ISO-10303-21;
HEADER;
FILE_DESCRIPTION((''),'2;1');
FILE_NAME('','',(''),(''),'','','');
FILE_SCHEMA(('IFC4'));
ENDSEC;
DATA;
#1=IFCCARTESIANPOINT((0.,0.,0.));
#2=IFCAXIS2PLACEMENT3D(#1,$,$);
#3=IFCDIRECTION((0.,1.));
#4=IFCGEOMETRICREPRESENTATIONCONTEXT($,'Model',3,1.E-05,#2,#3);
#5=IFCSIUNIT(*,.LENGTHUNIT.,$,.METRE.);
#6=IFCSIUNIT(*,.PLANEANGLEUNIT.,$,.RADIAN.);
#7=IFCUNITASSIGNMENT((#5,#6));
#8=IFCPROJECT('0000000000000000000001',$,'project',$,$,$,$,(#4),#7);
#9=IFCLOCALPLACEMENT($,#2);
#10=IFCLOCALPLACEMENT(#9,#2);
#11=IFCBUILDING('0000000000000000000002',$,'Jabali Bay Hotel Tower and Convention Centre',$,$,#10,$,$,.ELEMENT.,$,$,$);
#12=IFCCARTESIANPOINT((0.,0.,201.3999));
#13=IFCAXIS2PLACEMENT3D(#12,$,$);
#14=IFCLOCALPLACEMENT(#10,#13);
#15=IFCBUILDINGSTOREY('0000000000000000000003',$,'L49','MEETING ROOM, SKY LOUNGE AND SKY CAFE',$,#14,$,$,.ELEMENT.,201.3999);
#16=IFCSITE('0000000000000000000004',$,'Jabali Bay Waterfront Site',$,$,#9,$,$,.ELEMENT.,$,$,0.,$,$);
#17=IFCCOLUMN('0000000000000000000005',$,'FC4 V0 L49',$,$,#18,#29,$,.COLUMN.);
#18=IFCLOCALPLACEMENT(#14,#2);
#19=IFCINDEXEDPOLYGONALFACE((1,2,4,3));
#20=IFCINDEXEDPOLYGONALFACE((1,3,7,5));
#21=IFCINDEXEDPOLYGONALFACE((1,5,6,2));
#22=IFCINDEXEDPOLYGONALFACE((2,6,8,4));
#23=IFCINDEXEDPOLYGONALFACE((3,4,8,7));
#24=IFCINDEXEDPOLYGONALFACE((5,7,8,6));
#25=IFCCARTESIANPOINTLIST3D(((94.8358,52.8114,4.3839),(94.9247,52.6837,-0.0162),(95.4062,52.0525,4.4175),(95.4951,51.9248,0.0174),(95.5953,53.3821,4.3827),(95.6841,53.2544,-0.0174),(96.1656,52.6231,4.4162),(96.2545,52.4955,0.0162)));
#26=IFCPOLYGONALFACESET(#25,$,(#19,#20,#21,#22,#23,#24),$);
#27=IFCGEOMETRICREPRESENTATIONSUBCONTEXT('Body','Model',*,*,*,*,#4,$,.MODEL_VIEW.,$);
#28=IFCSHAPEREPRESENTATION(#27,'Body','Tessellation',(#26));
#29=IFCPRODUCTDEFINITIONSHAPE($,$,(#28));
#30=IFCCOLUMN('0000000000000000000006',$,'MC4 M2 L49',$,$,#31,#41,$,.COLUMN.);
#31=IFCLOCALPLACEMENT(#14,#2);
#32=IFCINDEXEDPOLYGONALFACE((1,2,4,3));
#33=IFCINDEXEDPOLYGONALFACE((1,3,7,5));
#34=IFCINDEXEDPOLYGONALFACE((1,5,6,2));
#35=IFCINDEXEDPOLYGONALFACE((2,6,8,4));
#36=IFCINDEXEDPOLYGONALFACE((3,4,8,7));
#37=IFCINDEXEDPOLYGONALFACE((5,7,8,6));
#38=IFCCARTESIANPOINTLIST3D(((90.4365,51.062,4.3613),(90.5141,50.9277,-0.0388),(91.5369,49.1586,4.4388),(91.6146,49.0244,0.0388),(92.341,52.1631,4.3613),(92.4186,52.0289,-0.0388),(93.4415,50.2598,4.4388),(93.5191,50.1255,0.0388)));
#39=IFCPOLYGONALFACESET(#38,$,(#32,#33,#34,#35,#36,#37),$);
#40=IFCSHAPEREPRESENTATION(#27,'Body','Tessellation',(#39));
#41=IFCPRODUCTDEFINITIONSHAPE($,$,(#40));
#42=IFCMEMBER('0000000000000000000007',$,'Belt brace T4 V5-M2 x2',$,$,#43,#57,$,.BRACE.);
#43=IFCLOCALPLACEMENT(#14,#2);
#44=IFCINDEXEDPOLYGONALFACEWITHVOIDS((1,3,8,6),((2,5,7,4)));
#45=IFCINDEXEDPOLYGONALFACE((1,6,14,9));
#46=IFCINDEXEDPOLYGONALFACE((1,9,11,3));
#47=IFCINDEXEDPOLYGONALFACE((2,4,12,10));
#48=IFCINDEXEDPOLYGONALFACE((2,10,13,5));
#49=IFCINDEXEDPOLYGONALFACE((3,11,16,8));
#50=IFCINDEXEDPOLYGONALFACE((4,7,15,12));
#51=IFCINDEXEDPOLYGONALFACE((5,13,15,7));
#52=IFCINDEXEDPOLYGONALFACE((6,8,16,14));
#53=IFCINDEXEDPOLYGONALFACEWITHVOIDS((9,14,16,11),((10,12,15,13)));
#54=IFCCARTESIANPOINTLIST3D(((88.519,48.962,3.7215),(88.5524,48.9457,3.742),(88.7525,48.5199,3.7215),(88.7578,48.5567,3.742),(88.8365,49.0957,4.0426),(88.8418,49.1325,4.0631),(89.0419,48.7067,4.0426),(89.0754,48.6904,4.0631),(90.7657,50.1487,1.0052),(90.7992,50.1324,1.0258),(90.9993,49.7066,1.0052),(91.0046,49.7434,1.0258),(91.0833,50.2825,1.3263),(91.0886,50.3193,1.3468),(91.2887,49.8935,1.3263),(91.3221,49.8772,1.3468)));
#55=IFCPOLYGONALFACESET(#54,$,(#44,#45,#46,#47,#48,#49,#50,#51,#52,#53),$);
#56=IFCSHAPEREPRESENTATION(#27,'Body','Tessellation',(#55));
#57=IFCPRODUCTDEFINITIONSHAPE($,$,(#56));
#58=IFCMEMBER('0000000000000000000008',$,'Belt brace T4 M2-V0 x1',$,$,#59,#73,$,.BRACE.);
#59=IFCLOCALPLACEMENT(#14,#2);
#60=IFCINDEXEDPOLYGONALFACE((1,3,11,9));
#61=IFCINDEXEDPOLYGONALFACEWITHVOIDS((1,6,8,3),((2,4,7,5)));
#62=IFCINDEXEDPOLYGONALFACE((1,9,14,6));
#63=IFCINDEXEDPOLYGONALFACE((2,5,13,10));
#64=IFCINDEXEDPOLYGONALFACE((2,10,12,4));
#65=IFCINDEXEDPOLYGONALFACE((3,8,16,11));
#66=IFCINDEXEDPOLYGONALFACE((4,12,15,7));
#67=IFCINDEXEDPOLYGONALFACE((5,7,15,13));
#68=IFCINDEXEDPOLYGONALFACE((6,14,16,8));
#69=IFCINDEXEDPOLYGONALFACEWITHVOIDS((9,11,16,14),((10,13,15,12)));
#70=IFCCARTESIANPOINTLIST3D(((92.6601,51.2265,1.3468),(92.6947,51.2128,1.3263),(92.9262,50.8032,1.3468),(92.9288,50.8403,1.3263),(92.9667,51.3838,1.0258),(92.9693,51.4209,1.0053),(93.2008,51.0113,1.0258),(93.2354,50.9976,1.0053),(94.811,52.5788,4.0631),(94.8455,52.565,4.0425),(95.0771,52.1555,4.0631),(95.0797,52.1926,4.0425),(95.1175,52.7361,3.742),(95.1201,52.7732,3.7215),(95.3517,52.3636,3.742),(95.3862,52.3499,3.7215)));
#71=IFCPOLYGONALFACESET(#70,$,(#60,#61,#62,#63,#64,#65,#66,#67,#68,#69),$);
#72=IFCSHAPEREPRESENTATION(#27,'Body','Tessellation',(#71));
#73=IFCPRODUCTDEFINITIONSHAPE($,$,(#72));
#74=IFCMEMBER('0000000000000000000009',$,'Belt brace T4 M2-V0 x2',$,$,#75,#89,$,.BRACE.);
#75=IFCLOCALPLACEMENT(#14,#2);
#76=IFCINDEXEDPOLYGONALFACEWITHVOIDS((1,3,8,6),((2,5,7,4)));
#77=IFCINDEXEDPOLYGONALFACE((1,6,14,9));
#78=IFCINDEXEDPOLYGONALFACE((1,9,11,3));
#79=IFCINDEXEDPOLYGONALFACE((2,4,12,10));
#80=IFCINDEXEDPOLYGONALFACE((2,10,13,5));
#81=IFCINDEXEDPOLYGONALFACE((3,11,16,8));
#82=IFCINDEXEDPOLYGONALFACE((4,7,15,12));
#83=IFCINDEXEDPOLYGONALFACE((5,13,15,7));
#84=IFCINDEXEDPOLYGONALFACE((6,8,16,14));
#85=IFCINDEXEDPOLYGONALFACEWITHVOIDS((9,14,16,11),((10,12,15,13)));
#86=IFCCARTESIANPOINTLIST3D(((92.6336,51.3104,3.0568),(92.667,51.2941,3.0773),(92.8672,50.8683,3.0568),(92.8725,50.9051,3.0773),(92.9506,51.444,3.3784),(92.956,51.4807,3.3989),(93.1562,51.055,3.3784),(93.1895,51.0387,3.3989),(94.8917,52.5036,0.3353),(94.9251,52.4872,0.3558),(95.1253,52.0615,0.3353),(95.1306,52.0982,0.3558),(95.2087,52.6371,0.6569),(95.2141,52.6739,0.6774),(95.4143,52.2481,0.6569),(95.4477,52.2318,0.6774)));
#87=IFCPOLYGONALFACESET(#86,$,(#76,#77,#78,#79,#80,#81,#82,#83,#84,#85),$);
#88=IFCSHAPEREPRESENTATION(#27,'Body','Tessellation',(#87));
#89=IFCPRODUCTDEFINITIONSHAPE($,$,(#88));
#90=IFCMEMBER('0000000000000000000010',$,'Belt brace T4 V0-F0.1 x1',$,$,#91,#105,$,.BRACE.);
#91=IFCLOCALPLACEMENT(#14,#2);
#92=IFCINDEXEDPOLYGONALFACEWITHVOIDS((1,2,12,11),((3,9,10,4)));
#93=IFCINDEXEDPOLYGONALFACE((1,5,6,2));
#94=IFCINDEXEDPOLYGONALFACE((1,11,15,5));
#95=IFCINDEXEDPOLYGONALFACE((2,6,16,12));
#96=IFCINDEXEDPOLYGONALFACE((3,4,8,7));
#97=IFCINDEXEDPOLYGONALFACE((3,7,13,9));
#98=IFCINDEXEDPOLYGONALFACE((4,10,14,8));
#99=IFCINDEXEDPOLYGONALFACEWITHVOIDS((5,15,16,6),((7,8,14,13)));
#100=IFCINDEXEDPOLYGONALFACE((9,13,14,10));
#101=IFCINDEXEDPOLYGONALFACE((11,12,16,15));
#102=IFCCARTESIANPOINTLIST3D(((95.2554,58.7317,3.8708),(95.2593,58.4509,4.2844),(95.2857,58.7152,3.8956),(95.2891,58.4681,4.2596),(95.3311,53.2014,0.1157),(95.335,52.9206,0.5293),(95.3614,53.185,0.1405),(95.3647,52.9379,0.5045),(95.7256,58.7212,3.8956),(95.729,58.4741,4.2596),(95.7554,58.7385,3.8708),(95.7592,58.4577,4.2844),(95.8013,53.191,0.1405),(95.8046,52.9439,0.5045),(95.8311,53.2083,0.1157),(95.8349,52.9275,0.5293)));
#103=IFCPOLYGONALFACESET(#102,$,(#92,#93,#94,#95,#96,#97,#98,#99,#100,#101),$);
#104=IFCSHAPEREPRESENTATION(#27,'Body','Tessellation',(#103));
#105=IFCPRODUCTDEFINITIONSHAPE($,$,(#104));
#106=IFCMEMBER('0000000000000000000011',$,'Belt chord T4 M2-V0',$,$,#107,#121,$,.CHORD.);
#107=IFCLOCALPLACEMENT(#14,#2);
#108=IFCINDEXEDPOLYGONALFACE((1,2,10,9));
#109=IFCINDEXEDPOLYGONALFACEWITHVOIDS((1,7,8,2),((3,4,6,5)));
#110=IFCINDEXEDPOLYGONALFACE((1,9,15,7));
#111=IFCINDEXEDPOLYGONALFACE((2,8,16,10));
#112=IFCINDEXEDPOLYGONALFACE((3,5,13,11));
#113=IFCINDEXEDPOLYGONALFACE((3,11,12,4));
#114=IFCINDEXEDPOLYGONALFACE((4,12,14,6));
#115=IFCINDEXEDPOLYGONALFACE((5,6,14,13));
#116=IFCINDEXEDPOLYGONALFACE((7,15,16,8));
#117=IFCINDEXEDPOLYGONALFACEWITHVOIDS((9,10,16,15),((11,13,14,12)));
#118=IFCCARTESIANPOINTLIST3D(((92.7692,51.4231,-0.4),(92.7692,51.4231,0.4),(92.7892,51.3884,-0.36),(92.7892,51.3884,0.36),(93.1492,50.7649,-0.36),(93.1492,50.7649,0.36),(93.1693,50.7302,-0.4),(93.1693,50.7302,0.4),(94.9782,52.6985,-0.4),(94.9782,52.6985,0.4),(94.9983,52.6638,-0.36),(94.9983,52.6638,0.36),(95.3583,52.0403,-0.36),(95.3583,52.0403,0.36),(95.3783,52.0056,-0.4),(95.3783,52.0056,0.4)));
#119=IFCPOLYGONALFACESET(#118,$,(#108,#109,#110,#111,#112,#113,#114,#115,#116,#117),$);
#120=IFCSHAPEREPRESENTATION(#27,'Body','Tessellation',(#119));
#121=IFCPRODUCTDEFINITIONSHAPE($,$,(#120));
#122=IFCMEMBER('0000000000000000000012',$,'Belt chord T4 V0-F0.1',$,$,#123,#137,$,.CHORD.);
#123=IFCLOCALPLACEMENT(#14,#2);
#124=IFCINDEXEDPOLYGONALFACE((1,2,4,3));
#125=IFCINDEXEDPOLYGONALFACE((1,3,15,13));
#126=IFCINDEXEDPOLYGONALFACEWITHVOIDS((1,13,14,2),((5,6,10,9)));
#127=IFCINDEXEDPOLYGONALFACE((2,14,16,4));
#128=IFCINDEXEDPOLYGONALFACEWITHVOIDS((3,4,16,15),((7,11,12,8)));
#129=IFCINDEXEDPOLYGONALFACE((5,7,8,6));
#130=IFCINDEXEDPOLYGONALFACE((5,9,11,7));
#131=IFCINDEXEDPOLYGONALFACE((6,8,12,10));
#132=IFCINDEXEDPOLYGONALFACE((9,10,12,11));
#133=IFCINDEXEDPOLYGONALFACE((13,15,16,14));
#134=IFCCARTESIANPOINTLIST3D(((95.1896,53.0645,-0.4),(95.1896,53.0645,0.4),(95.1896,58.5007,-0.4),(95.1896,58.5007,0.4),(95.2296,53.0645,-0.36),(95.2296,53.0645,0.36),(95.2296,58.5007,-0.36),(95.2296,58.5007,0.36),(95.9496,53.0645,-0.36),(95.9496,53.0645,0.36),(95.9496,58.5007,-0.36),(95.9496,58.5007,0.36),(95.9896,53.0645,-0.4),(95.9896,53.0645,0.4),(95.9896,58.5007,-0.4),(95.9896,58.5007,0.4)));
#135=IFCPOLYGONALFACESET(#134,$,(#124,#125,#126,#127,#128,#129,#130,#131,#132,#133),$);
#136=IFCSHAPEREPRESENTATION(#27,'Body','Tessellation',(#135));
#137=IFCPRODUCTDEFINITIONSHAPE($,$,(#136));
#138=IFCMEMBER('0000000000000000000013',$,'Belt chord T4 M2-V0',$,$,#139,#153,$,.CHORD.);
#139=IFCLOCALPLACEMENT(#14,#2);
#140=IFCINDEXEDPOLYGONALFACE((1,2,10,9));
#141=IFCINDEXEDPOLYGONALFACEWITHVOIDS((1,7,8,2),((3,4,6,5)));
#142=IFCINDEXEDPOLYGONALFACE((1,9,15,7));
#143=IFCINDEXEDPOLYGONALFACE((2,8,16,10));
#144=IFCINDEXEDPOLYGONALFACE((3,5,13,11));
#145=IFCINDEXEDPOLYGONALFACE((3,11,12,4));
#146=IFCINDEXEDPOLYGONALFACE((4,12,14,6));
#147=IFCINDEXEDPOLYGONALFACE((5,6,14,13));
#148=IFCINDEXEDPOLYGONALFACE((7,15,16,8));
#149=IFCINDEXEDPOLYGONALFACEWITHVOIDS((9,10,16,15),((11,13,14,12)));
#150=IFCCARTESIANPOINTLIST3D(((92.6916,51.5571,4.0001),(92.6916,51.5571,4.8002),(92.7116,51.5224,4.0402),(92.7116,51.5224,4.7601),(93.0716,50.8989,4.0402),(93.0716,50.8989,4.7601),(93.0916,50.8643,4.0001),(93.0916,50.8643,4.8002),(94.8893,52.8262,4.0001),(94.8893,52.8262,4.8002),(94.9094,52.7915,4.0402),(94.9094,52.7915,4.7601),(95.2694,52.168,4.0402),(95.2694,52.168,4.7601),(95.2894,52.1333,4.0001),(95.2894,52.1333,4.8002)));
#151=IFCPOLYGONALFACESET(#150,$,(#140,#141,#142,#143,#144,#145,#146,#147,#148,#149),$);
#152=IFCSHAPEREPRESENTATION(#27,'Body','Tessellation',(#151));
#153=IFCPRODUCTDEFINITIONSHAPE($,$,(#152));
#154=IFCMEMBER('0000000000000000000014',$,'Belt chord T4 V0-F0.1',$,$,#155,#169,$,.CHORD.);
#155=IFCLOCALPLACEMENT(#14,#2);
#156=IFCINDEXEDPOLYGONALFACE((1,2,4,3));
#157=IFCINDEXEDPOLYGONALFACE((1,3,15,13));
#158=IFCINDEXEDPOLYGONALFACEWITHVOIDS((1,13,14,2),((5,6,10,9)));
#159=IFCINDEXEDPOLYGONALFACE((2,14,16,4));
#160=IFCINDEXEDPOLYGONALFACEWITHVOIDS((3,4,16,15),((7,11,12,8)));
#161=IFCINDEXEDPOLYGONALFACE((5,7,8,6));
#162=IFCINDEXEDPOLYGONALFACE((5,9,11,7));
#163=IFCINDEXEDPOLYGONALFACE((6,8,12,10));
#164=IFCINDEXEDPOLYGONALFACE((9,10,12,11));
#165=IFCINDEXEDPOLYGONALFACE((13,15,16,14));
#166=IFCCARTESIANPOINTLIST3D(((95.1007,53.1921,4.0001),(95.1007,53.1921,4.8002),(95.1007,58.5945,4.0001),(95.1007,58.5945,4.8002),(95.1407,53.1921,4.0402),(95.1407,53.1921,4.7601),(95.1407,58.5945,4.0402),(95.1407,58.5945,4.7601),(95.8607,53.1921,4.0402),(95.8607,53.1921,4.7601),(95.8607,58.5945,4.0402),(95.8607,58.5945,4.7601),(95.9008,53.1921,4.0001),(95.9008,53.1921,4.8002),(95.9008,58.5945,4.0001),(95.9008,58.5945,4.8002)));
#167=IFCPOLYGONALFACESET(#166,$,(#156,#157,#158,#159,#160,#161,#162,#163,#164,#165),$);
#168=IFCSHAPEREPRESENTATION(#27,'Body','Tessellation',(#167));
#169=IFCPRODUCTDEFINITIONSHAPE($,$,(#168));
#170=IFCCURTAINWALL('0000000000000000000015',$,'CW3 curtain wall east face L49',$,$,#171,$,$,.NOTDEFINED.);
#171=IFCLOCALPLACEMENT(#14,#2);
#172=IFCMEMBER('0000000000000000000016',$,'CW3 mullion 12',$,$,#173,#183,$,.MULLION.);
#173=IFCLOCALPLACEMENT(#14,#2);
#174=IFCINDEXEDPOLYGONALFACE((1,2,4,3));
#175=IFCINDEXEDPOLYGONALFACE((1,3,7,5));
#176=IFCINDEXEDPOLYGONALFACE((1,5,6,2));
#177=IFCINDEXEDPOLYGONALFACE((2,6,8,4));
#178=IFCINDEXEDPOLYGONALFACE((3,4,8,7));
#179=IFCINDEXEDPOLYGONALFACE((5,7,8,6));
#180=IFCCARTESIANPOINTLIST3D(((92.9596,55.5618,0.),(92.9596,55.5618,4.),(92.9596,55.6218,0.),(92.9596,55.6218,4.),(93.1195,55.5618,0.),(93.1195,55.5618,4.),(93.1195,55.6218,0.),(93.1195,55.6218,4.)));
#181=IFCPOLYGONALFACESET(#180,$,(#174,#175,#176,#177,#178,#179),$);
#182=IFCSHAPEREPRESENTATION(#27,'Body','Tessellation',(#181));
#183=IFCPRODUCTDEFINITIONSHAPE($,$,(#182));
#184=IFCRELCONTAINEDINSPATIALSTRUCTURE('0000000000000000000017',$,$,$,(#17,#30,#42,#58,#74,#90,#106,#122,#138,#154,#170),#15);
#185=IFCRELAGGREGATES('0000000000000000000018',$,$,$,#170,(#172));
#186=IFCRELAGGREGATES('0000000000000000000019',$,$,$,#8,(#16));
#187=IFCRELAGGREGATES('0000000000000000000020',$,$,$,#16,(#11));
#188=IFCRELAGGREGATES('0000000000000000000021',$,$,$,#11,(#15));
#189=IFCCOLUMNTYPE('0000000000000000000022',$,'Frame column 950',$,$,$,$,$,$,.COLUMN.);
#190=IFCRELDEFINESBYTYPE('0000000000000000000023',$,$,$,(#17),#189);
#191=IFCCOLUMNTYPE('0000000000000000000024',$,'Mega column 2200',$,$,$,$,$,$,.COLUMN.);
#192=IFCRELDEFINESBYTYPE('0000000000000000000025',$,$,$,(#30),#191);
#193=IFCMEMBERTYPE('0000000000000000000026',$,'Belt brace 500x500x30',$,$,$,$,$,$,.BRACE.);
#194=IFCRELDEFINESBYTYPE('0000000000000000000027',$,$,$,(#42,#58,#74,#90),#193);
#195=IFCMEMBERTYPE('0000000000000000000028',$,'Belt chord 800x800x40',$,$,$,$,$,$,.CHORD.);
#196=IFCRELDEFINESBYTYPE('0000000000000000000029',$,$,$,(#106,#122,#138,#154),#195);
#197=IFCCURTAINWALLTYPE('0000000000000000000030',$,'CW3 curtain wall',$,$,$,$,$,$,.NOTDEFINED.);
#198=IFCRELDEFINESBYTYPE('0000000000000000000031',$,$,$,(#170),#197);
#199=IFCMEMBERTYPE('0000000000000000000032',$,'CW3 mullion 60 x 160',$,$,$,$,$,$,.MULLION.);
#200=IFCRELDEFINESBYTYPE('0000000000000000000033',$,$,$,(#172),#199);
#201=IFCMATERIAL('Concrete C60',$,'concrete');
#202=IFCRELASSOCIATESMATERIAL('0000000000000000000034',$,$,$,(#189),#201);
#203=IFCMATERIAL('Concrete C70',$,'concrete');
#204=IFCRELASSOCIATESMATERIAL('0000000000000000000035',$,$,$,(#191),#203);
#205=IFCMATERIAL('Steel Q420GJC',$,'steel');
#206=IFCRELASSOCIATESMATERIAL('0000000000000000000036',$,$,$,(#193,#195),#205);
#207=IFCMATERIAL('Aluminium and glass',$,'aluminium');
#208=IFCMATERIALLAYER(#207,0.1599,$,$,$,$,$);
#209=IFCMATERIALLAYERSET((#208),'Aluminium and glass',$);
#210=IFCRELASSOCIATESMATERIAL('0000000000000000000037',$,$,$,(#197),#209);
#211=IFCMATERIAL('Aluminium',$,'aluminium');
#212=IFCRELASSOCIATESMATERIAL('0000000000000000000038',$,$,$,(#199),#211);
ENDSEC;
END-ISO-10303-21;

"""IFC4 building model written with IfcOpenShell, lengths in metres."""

from ifc_helpers import new_model, si_unit, direction, frame, origin, origin_2d, place, context, subcontext, project, spatial, rectangle, hollow_rectangle, extrude, material, layer, layer_set, material_profile, profile_set, type_object, element, aggregate, save


model = new_model("IFC4")

# Units and contexts
model_context = context("Model", 3, precision=1e-05, world=origin(), true_north=direction((0.0, 1.0)))
body_context = subcontext(model_context, "Body", "Model", "MODEL_VIEW")
ifc_project = project(units=[si_unit("LENGTHUNIT", "METRE"), si_unit("PLANEANGLEUNIT", "RADIAN")], contexts=[model_context])

# Site, building, storey
site_placement = place(None, origin())
site = spatial("IfcSite", under=ifc_project, at=site_placement, Name="Jabali Bay Waterfront Site", CompositionType="ELEMENT", RefElevation=0.0)
building_placement = place(site_placement, origin())
building = spatial("IfcBuilding", under=site, at=building_placement, Name="Jabali Bay Hotel Tower and Convention Centre", CompositionType="ELEMENT")
storey_placement = place(building_placement, frame((0.0, 0.0, 201.3999)))
storey = spatial("IfcBuildingStorey", under=building, at=storey_placement, Name="L49", Description="MEETING ROOM, SKY LOUNGE AND SKY CAFE", CompositionType="ELEMENT", Elevation=201.3999)

# Columns
ifc_material_1 = material(Name="Concrete C60", Category="concrete")
ifc_material_profile_1 = material_profile(ifc_material_1, rectangle(XDim=0.95, YDim=0.95, at=origin_2d()), Name="Frame column 950")
ifc_profile_set_1 = profile_set([ifc_material_profile_1], Name="Concrete C60")
column_type_1 = type_object("IfcColumnType", Name="Frame column 950", PredefinedType="COLUMN", material=ifc_profile_set_1)
column_1_placement = place(storey_placement, frame((95.5896, 52.5896, 0.0), z_axis=(-0.020184, 0.029, 0.999376), x_axis=(-0.799448, -0.600734, 0.001286)))
element("IfcColumn", 1, at=column_1_placement, inside=storey, type_object=column_type_1, Name="FC4 V0 L49", PredefinedType="COLUMN", context=body_context, shape_type="SweptSolid", body=[
    extrude(rectangle(XDim=0.95, YDim=0.95, at=origin_2d()), origin(), (0.0, 0.0, 1.0), 4.4028),
])
ifc_material_2 = material(Name="Concrete C70", Category="concrete")
ifc_material_profile_2 = material_profile(ifc_material_2, rectangle(XDim=2.2, YDim=2.2, at=origin_2d()), Name="Mega column 2200")
ifc_profile_set_2 = profile_set([ifc_material_profile_2], Name="Concrete C70")
column_type_2 = type_object("IfcColumnType", Name="Mega column 2200", PredefinedType="COLUMN", material=ifc_profile_set_2)
column_2_placement = place(storey_placement, frame((92.0166, 50.5266, 0.0), z_axis=(-0.017633, 0.030498, 0.999379), x_axis=(0.500228, -0.865177, 0.035228)))
element("IfcColumn", 2, at=column_2_placement, inside=storey, type_object=column_type_2, Name="MC4 M2 L49", PredefinedType="COLUMN", context=body_context, shape_type="SweptSolid", body=[
    extrude(rectangle(XDim=2.2, YDim=2.2, at=origin_2d()), origin(), (0.0, 0.0, 1.0), 4.4028),
])

# Members
ifc_material_3 = material(Name="Steel Q420GJC", Category="steel")
ifc_material_profile_3 = material_profile(ifc_material_3, hollow_rectangle(XDim=0.5, YDim=0.5, WallThickness=0.03, at=origin_2d()), Name="Belt brace 500x500x30")
ifc_profile_set_3 = profile_set([ifc_material_profile_3], Name="Steel Q420GJC")
member_type_1 = type_object("IfcMemberType", Name="Belt brace 500x500x30", PredefinedType="BRACE", material=ifc_profile_set_3)
member_1_placement = place(storey_placement, frame((91.0439, 50.0129, 1.176), z_axis=(-0.60406, -0.319063, 0.730281), x_axis=(0.467049, -0.884232, 0.0)))
element("IfcMember", 3, at=member_1_placement, inside=storey, type_object=member_type_1, Name="Belt brace T4 V5-M2 x2", PredefinedType="BRACE", context=body_context, shape_type="SweptSolid", body=[
    extrude(hollow_rectangle(XDim=0.5, YDim=0.5, WallThickness=0.03, at=origin_2d()), origin(), (0.0, 0.0, 1.0), 3.7195),
])
member_2_placement = place(storey_placement, frame((92.9478, 51.1121, 1.176), z_axis=(0.5783, 0.363587, 0.730325), x_axis=(-0.53226, 0.846581, 0.0)))
element("IfcMember", 4, at=member_2_placement, inside=storey, type_object=member_type_1, Name="Belt brace T4 M2-V0 x1", PredefinedType="BRACE", context=body_context, shape_type="SweptSolid", body=[
    extrude(hollow_rectangle(XDim=0.5, YDim=0.5, WallThickness=0.03, at=origin_2d()), origin(), (0.0, 0.0, 1.0), 3.7192),
])
member_3_placement = place(storey_placement, frame((95.1697, 52.3677, 0.5063), z_axis=(-0.605037, -0.31969, 0.729197), x_axis=(0.467176, -0.884164, 0.0)))
element("IfcMember", 5, at=member_3_placement, inside=storey, type_object=member_type_1, Name="Belt brace T4 M2-V0 x2", PredefinedType="BRACE", context=body_context, shape_type="SweptSolid", body=[
    extrude(hollow_rectangle(XDim=0.5, YDim=0.5, WallThickness=0.03, at=origin_2d()), origin(), (0.0, 0.0, 1.0), 3.7322),
])
member_4_placement = place(storey_placement, frame((95.583, 53.0645, 0.3225), z_axis=(-0.011321, 0.827253, 0.561715), x_axis=(-0.999906, -0.013684, 0.0)))
element("IfcMember", 6, at=member_4_placement, inside=storey, type_object=member_type_1, Name="Belt brace T4 V0-F0.1 x1", PredefinedType="BRACE", context=body_context, shape_type="SweptSolid", body=[
    extrude(hollow_rectangle(XDim=0.5, YDim=0.5, WallThickness=0.03, at=origin_2d()), origin(), (0.0, 0.0, 1.0), 6.6851),
])
ifc_material_profile_4 = material_profile(ifc_material_3, hollow_rectangle(XDim=0.8, YDim=0.8, WallThickness=0.04, at=origin_2d()), Name="Belt chord 800x800x40")
ifc_profile_set_4 = profile_set([ifc_material_profile_4], Name="Steel Q420GJC")
member_type_2 = type_object("IfcMemberType", Name="Belt chord 800x800x40", PredefinedType="CHORD", material=ifc_profile_set_4)
member_5_placement = place(storey_placement, frame((92.9692, 51.0767, 0.0), z_axis=(0.86602, 0.50001, 0.0), x_axis=(-0.50001, 0.86602, 0.0)))
element("IfcMember", 7, at=member_5_placement, inside=storey, type_object=member_type_2, Name="Belt chord T4 M2-V0", PredefinedType="CHORD", context=body_context, shape_type="SweptSolid", body=[
    extrude(hollow_rectangle(XDim=0.8, YDim=0.8, WallThickness=0.04, at=origin_2d()), origin(), (0.0, 0.0, 1.0), 2.5508),
])
member_6_placement = place(storey_placement, frame((95.5896, 53.0645, 0.0), z_axis=(0.0, 1.0, 0.0), x_axis=(-1.0, 0.0, 0.0)))
element("IfcMember", 8, at=member_6_placement, inside=storey, type_object=member_type_2, Name="Belt chord T4 V0-F0.1", PredefinedType="CHORD", context=body_context, shape_type="SweptSolid", body=[
    extrude(hollow_rectangle(XDim=0.8, YDim=0.8, WallThickness=0.04, at=origin_2d()), origin(), (0.0, 0.0, 1.0), 5.4363),
])
member_7_placement = place(storey_placement, frame((92.8916, 51.2107, 4.4001), z_axis=(0.865997, 0.50005, 0.0), x_axis=(-0.50005, 0.865997, 0.0)))
element("IfcMember", 9, at=member_7_placement, inside=storey, type_object=member_type_2, Name="Belt chord T4 M2-V0", PredefinedType="CHORD", context=body_context, shape_type="SweptSolid", body=[
    extrude(hollow_rectangle(XDim=0.8, YDim=0.8, WallThickness=0.04, at=origin_2d()), origin(), (0.0, 0.0, 1.0), 2.5378),
])
member_8_placement = place(storey_placement, frame((95.5007, 53.1921, 4.4001), z_axis=(0.0, 1.0, 0.0), x_axis=(-1.0, 0.0, 0.0)))
element("IfcMember", 10, at=member_8_placement, inside=storey, type_object=member_type_2, Name="Belt chord T4 V0-F0.1", PredefinedType="CHORD", context=body_context, shape_type="SweptSolid", body=[
    extrude(hollow_rectangle(XDim=0.8, YDim=0.8, WallThickness=0.04, at=origin_2d()), origin(), (0.0, 0.0, 1.0), 5.4023),
])

# Curtain wall, member
ifc_material_4 = material(Name="Aluminium and glass", Category="aluminium")
ifc_layer_1 = layer(ifc_material_4, 0.1599)
ifc_layer_set_1 = layer_set([ifc_layer_1], Name="Aluminium and glass")
curtain_wall_type = type_object("IfcCurtainWallType", Name="CW3 curtain wall", PredefinedType="NOTDEFINED", material=ifc_layer_set_1)
curtain_wall_placement = place(storey_placement, origin())
curtain_wall = element("IfcCurtainWall", 11, at=curtain_wall_placement, inside=storey, type_object=curtain_wall_type, Name="CW3 curtain wall east face L49", PredefinedType="NOTDEFINED")
ifc_material_5 = material(Name="Aluminium", Category="aluminium")
ifc_material_profile_5 = material_profile(ifc_material_5, rectangle(XDim=0.1599, YDim=0.0601, at=origin_2d()), Name="CW3 mullion 60 x 160")
ifc_profile_set_5 = profile_set([ifc_material_profile_5], Name="Aluminium")
member_type_3 = type_object("IfcMemberType", Name="CW3 mullion 60 x 160", PredefinedType="MULLION", material=ifc_profile_set_5)
member_9_placement = place(storey_placement, frame((93.0396, 55.5918, 0.0), z_axis=(0.0, 0.0, 1.0), x_axis=(1.0, 0.0, 0.0)))
member_9 = element("IfcMember", 12, at=member_9_placement, type_object=member_type_3, Name="CW3 mullion 12", PredefinedType="MULLION", context=body_context, shape_type="SweptSolid", body=[
    extrude(rectangle(XDim=0.1599, YDim=0.0601, at=origin_2d()), origin(), (0.0, 0.0, 1.0), 4.0),
])

aggregate(curtain_wall, [member_9])

save(model, "model.ifc")
